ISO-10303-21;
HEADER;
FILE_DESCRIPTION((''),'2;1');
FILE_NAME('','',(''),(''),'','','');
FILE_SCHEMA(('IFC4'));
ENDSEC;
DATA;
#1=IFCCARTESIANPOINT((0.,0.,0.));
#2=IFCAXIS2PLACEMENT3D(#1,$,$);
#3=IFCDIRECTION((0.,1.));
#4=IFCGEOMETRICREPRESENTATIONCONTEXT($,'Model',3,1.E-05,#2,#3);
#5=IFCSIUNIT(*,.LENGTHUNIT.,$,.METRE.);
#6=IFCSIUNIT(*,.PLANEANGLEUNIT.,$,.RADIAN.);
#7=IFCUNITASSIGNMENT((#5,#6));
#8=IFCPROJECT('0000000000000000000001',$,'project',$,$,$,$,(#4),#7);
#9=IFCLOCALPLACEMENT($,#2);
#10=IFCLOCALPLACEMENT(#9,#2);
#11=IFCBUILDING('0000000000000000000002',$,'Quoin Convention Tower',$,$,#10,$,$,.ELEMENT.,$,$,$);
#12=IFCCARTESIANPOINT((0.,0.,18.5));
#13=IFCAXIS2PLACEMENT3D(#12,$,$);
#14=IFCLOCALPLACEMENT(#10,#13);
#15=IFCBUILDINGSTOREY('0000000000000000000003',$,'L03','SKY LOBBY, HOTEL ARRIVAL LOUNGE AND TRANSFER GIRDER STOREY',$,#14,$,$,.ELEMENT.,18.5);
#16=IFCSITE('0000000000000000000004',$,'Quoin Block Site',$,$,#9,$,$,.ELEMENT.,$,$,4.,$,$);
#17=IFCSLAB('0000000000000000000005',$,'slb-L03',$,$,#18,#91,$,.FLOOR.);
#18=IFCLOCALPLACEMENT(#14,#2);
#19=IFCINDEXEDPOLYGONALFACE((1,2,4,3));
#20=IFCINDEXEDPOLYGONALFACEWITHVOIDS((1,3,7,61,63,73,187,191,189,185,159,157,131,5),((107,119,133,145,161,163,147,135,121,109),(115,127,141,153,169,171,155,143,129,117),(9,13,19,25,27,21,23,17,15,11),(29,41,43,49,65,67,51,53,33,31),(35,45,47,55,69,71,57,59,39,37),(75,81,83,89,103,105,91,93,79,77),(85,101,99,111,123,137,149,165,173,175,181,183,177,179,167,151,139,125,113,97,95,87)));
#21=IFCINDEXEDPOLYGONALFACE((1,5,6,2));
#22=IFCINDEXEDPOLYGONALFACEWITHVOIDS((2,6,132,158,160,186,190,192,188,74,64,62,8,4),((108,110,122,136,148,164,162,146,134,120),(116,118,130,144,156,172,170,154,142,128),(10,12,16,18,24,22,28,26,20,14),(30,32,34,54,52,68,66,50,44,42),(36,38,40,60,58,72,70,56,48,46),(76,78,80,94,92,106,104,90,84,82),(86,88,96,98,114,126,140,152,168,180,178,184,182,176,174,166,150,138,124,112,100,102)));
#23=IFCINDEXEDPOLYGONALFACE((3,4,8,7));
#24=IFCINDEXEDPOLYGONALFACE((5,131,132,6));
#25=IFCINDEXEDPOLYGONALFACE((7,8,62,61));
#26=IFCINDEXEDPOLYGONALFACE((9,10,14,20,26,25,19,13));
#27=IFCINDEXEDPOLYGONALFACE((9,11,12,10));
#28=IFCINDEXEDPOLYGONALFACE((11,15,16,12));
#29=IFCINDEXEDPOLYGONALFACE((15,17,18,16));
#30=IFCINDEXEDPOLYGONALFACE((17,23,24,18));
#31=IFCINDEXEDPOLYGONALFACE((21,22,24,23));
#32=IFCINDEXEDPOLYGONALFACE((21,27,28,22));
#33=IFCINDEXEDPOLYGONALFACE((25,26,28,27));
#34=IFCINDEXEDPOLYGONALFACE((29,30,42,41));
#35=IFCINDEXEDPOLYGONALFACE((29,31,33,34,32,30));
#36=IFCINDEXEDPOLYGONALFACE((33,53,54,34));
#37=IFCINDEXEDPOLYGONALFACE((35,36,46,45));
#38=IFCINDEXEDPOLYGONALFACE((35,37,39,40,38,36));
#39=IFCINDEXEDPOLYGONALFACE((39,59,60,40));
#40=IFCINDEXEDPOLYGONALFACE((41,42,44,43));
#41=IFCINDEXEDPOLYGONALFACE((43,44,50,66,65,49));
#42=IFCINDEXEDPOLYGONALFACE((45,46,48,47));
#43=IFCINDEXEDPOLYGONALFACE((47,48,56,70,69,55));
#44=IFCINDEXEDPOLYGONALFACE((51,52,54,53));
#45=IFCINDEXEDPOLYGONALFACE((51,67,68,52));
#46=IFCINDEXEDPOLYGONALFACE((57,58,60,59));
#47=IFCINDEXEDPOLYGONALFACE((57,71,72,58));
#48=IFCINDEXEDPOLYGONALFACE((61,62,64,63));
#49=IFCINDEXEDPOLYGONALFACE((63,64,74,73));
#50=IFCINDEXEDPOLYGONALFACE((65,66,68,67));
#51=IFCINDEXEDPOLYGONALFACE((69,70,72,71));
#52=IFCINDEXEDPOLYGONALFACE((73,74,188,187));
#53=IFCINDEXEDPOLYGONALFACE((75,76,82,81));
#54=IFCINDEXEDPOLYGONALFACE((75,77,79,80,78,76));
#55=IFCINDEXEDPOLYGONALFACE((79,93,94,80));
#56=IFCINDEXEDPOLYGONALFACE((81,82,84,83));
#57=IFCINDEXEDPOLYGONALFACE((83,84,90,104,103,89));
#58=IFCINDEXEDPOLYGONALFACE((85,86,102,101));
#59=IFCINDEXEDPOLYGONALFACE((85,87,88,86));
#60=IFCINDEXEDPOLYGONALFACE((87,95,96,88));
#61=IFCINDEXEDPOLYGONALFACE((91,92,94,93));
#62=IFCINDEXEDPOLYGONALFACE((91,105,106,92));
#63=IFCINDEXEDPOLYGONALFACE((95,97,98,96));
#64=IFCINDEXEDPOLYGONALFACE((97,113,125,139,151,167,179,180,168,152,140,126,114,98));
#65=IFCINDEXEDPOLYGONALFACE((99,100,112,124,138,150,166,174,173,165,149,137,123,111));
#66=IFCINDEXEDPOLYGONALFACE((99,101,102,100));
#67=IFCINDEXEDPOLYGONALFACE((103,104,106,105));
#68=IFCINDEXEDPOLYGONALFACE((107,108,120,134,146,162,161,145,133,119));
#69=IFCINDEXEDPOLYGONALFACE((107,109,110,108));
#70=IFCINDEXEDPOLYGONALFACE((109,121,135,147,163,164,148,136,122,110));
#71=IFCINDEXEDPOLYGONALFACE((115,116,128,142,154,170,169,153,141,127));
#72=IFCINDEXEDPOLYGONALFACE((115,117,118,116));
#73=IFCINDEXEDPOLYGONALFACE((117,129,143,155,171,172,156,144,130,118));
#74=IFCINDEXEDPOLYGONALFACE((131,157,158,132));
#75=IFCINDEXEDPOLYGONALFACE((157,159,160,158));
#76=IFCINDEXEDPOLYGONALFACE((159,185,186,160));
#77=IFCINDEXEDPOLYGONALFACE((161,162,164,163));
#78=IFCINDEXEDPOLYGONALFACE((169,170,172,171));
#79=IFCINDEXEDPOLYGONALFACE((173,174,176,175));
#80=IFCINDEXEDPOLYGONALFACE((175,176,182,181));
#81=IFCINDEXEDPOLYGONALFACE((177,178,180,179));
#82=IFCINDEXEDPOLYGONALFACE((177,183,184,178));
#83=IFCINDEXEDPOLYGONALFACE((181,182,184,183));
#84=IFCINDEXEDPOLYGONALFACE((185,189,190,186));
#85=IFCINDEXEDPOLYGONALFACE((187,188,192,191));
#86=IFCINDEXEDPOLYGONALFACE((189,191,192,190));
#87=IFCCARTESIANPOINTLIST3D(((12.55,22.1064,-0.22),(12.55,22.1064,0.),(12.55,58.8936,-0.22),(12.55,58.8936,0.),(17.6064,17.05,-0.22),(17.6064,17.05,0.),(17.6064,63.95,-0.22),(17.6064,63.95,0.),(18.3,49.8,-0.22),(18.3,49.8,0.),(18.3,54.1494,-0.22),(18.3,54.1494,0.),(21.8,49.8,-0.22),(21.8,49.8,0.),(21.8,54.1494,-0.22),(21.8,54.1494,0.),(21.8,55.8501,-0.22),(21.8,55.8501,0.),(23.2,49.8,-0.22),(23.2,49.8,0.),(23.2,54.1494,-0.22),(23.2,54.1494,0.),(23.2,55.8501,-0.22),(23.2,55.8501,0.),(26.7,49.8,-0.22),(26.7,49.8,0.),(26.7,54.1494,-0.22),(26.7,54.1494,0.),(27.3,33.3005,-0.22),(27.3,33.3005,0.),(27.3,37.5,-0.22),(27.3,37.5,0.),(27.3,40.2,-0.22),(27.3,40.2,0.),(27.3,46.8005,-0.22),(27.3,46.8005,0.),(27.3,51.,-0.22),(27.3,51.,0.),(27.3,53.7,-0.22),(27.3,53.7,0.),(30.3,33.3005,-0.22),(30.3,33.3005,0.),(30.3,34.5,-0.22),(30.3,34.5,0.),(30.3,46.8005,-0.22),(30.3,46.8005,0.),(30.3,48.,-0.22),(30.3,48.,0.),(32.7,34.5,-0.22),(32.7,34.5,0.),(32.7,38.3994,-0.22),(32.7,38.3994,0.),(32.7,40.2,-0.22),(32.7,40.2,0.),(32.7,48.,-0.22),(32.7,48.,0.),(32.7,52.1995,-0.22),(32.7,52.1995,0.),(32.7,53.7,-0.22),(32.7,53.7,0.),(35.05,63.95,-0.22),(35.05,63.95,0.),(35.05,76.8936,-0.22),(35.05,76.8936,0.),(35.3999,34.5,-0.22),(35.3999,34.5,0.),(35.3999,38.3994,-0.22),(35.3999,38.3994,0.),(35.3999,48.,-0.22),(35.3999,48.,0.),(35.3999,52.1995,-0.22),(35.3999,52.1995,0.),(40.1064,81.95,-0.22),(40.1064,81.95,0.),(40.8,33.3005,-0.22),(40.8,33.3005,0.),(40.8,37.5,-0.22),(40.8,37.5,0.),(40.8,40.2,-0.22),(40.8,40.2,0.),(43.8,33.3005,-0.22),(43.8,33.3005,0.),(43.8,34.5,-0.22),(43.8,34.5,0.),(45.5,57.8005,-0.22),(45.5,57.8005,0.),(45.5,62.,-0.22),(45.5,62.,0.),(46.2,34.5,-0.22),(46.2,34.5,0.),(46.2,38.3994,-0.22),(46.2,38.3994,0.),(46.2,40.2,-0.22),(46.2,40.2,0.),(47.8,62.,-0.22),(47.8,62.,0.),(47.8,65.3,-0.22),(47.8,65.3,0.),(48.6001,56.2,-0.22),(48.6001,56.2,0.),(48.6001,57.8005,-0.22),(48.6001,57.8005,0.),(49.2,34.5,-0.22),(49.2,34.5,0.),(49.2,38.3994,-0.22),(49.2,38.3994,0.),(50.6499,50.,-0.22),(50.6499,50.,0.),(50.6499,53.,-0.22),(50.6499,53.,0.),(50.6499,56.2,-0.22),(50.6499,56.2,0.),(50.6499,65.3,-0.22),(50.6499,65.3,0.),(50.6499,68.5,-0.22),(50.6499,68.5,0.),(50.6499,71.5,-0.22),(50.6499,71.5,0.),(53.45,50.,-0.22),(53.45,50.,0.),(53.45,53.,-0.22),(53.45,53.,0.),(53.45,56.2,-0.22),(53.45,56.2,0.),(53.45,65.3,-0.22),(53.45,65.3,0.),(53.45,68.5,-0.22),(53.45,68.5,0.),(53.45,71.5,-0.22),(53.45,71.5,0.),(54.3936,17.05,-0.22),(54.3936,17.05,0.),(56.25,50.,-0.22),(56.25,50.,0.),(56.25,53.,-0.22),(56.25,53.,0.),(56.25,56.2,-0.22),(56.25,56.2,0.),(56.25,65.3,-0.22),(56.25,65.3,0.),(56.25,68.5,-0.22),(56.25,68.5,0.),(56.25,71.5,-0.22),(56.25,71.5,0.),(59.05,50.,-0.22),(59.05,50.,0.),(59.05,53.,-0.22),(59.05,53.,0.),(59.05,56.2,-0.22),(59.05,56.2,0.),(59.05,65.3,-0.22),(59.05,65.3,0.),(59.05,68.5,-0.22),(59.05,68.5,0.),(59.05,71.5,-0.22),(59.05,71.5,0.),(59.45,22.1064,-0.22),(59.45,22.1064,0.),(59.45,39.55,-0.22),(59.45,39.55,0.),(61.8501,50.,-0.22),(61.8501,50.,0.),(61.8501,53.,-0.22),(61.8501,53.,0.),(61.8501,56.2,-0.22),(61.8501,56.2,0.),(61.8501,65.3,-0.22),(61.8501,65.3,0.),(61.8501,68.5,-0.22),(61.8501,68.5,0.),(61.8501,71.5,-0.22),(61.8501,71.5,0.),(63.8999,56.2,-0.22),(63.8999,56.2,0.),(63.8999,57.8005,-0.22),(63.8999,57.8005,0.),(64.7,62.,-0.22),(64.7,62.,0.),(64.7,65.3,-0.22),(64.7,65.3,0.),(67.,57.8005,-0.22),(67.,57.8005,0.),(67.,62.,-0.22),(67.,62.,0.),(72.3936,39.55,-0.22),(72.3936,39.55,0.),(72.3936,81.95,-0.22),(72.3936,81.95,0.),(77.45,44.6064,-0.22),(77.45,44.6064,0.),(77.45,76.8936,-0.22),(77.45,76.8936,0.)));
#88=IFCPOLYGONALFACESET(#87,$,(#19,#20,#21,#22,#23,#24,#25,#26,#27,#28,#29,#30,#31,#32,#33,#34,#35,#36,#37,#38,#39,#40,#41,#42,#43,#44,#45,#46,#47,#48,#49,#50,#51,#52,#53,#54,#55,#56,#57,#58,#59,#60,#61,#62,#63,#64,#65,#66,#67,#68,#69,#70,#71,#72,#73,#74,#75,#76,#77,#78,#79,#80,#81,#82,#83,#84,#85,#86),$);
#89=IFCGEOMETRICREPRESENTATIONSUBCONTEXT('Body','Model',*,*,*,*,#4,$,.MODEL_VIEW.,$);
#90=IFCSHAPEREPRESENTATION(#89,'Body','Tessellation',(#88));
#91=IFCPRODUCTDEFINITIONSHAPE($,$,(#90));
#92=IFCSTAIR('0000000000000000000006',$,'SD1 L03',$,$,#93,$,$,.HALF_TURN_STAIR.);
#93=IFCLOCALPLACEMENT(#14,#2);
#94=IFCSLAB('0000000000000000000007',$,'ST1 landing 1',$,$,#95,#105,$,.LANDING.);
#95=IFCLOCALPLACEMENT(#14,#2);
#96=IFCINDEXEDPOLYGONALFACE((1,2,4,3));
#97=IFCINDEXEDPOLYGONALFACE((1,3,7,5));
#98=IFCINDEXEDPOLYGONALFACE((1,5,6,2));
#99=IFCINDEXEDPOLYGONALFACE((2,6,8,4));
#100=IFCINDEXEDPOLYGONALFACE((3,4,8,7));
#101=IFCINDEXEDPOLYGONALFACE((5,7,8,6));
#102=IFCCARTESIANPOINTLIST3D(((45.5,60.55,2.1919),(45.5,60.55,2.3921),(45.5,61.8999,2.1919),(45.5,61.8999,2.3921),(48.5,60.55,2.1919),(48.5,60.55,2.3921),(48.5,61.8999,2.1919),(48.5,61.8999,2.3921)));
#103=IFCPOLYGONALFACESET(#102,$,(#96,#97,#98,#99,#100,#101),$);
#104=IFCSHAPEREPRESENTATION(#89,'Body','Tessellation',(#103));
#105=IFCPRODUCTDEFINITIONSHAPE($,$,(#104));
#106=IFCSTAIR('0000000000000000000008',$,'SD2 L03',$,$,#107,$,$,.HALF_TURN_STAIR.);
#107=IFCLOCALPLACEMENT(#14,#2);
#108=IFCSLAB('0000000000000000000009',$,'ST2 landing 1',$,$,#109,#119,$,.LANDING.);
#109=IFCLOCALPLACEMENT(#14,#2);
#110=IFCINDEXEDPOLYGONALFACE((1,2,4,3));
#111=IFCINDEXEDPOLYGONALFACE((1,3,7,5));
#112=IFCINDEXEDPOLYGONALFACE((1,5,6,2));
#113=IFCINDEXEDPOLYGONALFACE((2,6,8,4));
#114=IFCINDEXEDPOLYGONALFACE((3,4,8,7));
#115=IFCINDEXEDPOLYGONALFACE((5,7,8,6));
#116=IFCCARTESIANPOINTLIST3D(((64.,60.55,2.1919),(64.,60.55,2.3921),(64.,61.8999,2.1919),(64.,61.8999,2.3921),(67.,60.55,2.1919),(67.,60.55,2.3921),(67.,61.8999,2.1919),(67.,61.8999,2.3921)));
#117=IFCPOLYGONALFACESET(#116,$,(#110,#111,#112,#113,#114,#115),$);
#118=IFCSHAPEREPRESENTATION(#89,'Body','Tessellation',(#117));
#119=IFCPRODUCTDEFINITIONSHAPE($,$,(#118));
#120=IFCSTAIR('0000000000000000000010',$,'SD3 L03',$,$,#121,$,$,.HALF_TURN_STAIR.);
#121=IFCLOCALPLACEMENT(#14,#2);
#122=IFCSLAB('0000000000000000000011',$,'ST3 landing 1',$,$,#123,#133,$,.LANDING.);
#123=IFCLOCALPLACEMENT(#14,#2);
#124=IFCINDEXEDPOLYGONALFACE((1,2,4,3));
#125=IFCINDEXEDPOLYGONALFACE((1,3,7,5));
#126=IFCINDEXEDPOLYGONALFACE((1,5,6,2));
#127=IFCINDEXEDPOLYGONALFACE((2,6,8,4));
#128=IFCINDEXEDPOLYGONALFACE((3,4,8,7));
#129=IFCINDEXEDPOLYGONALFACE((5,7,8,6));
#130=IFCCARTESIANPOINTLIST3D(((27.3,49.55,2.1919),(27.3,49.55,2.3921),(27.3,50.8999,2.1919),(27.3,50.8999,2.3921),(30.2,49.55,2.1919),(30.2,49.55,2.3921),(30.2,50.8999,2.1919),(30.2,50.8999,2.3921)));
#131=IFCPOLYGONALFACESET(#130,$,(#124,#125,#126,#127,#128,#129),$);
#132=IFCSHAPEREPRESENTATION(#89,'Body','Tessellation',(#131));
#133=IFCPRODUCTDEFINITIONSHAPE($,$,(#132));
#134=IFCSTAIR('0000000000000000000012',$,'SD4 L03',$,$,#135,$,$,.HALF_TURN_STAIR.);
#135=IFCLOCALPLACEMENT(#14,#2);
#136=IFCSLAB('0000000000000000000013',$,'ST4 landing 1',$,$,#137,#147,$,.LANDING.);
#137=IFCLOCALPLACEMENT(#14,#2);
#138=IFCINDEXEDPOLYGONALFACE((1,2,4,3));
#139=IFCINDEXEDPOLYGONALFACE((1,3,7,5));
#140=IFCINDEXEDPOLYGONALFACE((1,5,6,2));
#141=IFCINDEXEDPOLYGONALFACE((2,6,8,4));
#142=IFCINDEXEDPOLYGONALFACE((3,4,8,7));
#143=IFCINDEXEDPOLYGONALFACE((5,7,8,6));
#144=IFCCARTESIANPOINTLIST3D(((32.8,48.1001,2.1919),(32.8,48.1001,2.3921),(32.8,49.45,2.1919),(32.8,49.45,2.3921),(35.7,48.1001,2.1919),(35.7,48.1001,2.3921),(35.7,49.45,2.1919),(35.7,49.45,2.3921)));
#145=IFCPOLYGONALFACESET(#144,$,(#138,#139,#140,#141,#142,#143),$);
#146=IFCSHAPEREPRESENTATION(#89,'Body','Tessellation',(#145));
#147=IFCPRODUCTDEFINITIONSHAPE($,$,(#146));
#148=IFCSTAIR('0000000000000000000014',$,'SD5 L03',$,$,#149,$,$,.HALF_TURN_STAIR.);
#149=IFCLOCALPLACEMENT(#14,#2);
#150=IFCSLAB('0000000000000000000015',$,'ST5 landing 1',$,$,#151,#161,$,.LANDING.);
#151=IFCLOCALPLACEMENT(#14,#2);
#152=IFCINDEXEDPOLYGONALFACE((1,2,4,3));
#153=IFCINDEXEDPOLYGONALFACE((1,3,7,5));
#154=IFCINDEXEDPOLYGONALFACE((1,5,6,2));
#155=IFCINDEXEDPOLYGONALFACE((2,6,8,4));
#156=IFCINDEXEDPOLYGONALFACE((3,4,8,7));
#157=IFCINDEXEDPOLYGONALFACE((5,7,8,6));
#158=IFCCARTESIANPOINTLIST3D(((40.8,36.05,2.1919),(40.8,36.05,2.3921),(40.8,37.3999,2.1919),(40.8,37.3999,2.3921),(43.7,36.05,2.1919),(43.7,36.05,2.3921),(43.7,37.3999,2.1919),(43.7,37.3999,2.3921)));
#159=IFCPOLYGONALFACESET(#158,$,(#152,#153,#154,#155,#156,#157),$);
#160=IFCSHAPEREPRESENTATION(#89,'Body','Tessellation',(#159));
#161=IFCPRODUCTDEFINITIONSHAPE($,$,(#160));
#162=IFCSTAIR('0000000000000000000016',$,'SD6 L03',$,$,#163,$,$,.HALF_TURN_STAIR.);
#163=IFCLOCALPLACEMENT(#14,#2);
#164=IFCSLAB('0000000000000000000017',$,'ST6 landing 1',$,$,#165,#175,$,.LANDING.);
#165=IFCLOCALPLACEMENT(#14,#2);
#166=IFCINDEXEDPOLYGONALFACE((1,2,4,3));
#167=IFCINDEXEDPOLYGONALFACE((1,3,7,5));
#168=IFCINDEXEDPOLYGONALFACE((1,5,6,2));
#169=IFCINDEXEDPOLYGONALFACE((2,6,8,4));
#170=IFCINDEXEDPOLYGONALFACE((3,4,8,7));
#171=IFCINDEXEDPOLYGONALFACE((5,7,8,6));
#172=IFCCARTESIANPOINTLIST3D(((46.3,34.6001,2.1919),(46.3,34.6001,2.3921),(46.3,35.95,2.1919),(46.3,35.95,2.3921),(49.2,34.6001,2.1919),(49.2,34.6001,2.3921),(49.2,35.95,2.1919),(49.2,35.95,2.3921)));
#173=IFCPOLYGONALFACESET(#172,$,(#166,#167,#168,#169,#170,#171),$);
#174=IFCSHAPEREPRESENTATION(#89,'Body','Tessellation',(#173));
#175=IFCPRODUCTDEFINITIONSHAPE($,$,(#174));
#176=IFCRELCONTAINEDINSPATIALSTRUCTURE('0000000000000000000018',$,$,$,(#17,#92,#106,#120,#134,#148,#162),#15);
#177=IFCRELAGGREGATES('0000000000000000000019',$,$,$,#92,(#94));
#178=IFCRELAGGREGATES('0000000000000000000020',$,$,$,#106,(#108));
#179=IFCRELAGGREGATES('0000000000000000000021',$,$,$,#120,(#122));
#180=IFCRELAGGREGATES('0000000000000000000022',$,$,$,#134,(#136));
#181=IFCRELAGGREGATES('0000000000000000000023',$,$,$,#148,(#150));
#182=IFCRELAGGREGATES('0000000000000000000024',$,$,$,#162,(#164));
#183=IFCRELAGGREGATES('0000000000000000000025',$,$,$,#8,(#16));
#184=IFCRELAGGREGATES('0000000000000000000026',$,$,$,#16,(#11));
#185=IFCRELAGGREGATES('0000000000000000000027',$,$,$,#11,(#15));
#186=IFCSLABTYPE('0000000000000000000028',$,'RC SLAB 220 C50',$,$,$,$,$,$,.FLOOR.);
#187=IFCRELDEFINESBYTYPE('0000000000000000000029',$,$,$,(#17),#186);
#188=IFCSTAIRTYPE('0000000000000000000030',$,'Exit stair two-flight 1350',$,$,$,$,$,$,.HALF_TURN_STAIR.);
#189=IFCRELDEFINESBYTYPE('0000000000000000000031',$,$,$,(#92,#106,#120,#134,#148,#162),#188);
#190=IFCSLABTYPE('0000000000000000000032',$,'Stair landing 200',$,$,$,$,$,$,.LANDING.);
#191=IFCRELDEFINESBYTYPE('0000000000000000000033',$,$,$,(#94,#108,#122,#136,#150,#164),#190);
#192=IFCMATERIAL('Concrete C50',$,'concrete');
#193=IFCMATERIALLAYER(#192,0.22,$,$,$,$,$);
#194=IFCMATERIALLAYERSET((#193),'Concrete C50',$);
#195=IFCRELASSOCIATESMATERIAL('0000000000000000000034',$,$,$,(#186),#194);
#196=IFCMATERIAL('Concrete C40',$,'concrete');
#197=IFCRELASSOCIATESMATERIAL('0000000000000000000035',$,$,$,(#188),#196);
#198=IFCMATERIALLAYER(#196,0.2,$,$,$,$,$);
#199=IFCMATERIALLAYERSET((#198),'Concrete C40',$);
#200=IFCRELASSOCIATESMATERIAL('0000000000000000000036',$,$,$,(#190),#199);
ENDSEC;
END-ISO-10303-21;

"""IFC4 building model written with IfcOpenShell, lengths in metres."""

from ifc_helpers import new_model, si_unit, direction, frame, origin, place, context, subcontext, project, spatial, polyline, outline, extrude, material, layer, layer_set, type_object, element, aggregate, save


model = new_model("IFC4")

# Units and contexts
model_context = context("Model", 3, precision=1e-05, world=origin(), true_north=direction((0.0, 1.0)))
body_context = subcontext(model_context, "Body", "Model", "MODEL_VIEW")
ifc_project = project(units=[si_unit("LENGTHUNIT", "METRE"), si_unit("PLANEANGLEUNIT", "RADIAN")], contexts=[model_context])

# Site, building, storey
site_placement = place(None, origin())
site = spatial("IfcSite", under=ifc_project, at=site_placement, Name="Quoin Block Site", CompositionType="ELEMENT", RefElevation=4.0)
building_placement = place(site_placement, origin())
building = spatial("IfcBuilding", under=site, at=building_placement, Name="Quoin Convention Tower", CompositionType="ELEMENT")
storey_placement = place(building_placement, frame((0.0, 0.0, 18.5)))
storey = spatial("IfcBuildingStorey", under=building, at=storey_placement, Name="L03", Description="SKY LOBBY, HOTEL ARRIVAL LOUNGE AND TRANSFER GIRDER STOREY", CompositionType="ELEMENT", Elevation=18.5)

# Slab
ifc_material_1 = material(Name="Concrete C50", Category="concrete")
ifc_layer_1 = layer(ifc_material_1, 0.22)
ifc_layer_set_1 = layer_set([ifc_layer_1], Name="Concrete C50")
slab_type_1 = type_object("IfcSlabType", Name="RC SLAB 220 C50", PredefinedType="FLOOR", material=ifc_layer_set_1)
slab_1_placement = place(storey_placement, frame((0.0, 0.0, -0.22)))
element("IfcSlab", 1, at=slab_1_placement, inside=storey, type_object=slab_type_1, Name="slb-L03", PredefinedType="FLOOR", context=body_context, shape_type="SweptSolid", body=[
    extrude(outline(polyline([(12.55, 58.8936), (17.6064, 63.95), (35.05, 63.95), (35.05, 76.8936), (40.1064, 81.95), (72.3936, 81.95), (77.45, 76.8936), (77.45, 44.6064), (72.3936, 39.55), (59.45, 39.55), (59.45, 22.1064), (54.3936, 17.05), (17.6064, 17.05), (12.55, 22.1064), (12.55, 58.8936)]), holes=[polyline([(30.3, 33.3005), (30.3, 34.5), (32.7, 34.5), (35.3999, 34.5), (35.3999, 38.3994), (32.7, 38.3994), (32.7, 40.2), (27.3, 40.2), (27.3, 37.5), (27.3, 33.3005), (30.3, 33.3005)]), polyline([(43.8, 33.3005), (43.8, 34.5), (46.2, 34.5), (49.2, 34.5), (49.2, 38.3994), (46.2, 38.3994), (46.2, 40.2), (40.8, 40.2), (40.8, 37.5), (40.8, 33.3005), (43.8, 33.3005)]), polyline([(27.3, 46.8005), (30.3, 46.8005), (30.3, 48.0), (32.7, 48.0), (35.3999, 48.0), (35.3999, 52.1995), (32.7, 52.1995), (32.7, 53.7), (27.3, 53.7), (27.3, 51.0), (27.3, 46.8005)]), polyline([(53.45, 50.0), (56.25, 50.0), (59.05, 50.0), (61.8501, 50.0), (61.8501, 53.0), (59.05, 53.0), (56.25, 53.0), (53.45, 53.0), (50.6499, 53.0), (50.6499, 50.0), (53.45, 50.0)]), polyline([(23.2, 49.8), (26.7, 49.8), (26.7, 54.1494), (23.2, 54.1494), (23.2, 55.8501), (21.8, 55.8501), (21.8, 54.1494), (18.3, 54.1494), (18.3, 49.8), (21.8, 49.8), (23.2, 49.8)]), polyline([(45.5, 57.8005), (48.6001, 57.8005), (48.6001, 56.2), (50.6499, 56.2), (53.45, 56.2), (56.25, 56.2), (59.05, 56.2), (61.8501, 56.2), (63.8999, 56.2), (63.8999, 57.8005), (67.0, 57.8005), (67.0, 62.0), (64.7, 62.0), (64.7, 65.3), (61.8501, 65.3), (59.05, 65.3), (56.25, 65.3), (53.45, 65.3), (50.6499, 65.3), (47.8, 65.3), (47.8, 62.0), (45.5, 62.0), (45.5, 57.8005)]), polyline([(59.05, 68.5), (61.8501, 68.5), (61.8501, 71.5), (59.05, 71.5), (56.25, 71.5), (53.45, 71.5), (50.6499, 71.5), (50.6499, 68.5), (53.45, 68.5), (56.25, 68.5), (59.05, 68.5)])]), origin(), (0.0, 0.0, 1.0), 0.22),
])

# Stairs, slabs
ifc_material_2 = material(Name="Concrete C40", Category="concrete")
stair_type_1 = type_object("IfcStairType", Name="Exit stair two-flight 1350", PredefinedType="HALF_TURN_STAIR", material=ifc_material_2)
stair_1_placement = place(storey_placement, origin())
stair_1 = element("IfcStair", 2, at=stair_1_placement, inside=storey, type_object=stair_type_1, Name="SD1 L03", PredefinedType="HALF_TURN_STAIR")
ifc_layer_2 = layer(ifc_material_2, 0.2)
ifc_layer_set_2 = layer_set([ifc_layer_2], Name="Concrete C40")
slab_type_2 = type_object("IfcSlabType", Name="Stair landing 200", PredefinedType="LANDING", material=ifc_layer_set_2)
slab_2_placement = place(storey_placement, frame((0.0, 0.0, 2.1919)))
slab_2 = element("IfcSlab", 3, at=slab_2_placement, type_object=slab_type_2, Name="ST1 landing 1", PredefinedType="LANDING", context=body_context, shape_type="SweptSolid", body=[
    extrude(outline(polyline([(45.5, 60.55), (48.5, 60.55), (48.5, 61.8999), (45.5, 61.8999), (45.5, 60.55)])), origin(), (0.0, 0.0, 1.0), 0.2002),
])
aggregate(stair_1, [slab_2])
stair_2_placement = place(storey_placement, origin())
stair_2 = element("IfcStair", 4, at=stair_2_placement, inside=storey, type_object=stair_type_1, Name="SD2 L03", PredefinedType="HALF_TURN_STAIR")
slab_3_placement = place(storey_placement, frame((0.0, 0.0, 2.1919)))
slab_3 = element("IfcSlab", 5, at=slab_3_placement, type_object=slab_type_2, Name="ST2 landing 1", PredefinedType="LANDING", context=body_context, shape_type="SweptSolid", body=[
    extrude(outline(polyline([(64.0, 60.55), (67.0, 60.55), (67.0, 61.8999), (64.0, 61.8999), (64.0, 60.55)])), origin(), (0.0, 0.0, 1.0), 0.2002),
])
aggregate(stair_2, [slab_3])
stair_3_placement = place(storey_placement, origin())
stair_3 = element("IfcStair", 6, at=stair_3_placement, inside=storey, type_object=stair_type_1, Name="SD3 L03", PredefinedType="HALF_TURN_STAIR")
slab_4_placement = place(storey_placement, frame((0.0, 0.0, 2.1919)))
slab_4 = element("IfcSlab", 7, at=slab_4_placement, type_object=slab_type_2, Name="ST3 landing 1", PredefinedType="LANDING", context=body_context, shape_type="SweptSolid", body=[
    extrude(outline(polyline([(27.3, 49.55), (30.2, 49.55), (30.2, 50.8999), (27.3, 50.8999), (27.3, 49.55)])), origin(), (0.0, 0.0, 1.0), 0.2002),
])
aggregate(stair_3, [slab_4])
stair_4_placement = place(storey_placement, origin())
stair_4 = element("IfcStair", 8, at=stair_4_placement, inside=storey, type_object=stair_type_1, Name="SD4 L03", PredefinedType="HALF_TURN_STAIR")
slab_5_placement = place(storey_placement, frame((0.0, 0.0, 2.1919)))
slab_5 = element("IfcSlab", 9, at=slab_5_placement, type_object=slab_type_2, Name="ST4 landing 1", PredefinedType="LANDING", context=body_context, shape_type="SweptSolid", body=[
    extrude(outline(polyline([(35.7, 49.45), (32.8, 49.45), (32.8, 48.1001), (35.7, 48.1001), (35.7, 49.45)])), origin(), (0.0, 0.0, 1.0), 0.2002),
])
aggregate(stair_4, [slab_5])
stair_5_placement = place(storey_placement, origin())
stair_5 = element("IfcStair", 10, at=stair_5_placement, inside=storey, type_object=stair_type_1, Name="SD5 L03", PredefinedType="HALF_TURN_STAIR")
slab_6_placement = place(storey_placement, frame((0.0, 0.0, 2.1919)))
slab_6 = element("IfcSlab", 11, at=slab_6_placement, type_object=slab_type_2, Name="ST5 landing 1", PredefinedType="LANDING", context=body_context, shape_type="SweptSolid", body=[
    extrude(outline(polyline([(40.8, 36.05), (43.7, 36.05), (43.7, 37.3999), (40.8, 37.3999), (40.8, 36.05)])), origin(), (0.0, 0.0, 1.0), 0.2002),
])
aggregate(stair_5, [slab_6])
stair_6_placement = place(storey_placement, origin())
stair_6 = element("IfcStair", 12, at=stair_6_placement, inside=storey, type_object=stair_type_1, Name="SD6 L03", PredefinedType="HALF_TURN_STAIR")
slab_7_placement = place(storey_placement, frame((0.0, 0.0, 2.1919)))
slab_7 = element("IfcSlab", 13, at=slab_7_placement, type_object=slab_type_2, Name="ST6 landing 1", PredefinedType="LANDING", context=body_context, shape_type="SweptSolid", body=[
    extrude(outline(polyline([(49.2, 35.95), (46.3, 35.95), (46.3, 34.6001), (49.2, 34.6001), (49.2, 35.95)])), origin(), (0.0, 0.0, 1.0), 0.2002),
])
aggregate(stair_6, [slab_7])

save(model, "model.ifc")
